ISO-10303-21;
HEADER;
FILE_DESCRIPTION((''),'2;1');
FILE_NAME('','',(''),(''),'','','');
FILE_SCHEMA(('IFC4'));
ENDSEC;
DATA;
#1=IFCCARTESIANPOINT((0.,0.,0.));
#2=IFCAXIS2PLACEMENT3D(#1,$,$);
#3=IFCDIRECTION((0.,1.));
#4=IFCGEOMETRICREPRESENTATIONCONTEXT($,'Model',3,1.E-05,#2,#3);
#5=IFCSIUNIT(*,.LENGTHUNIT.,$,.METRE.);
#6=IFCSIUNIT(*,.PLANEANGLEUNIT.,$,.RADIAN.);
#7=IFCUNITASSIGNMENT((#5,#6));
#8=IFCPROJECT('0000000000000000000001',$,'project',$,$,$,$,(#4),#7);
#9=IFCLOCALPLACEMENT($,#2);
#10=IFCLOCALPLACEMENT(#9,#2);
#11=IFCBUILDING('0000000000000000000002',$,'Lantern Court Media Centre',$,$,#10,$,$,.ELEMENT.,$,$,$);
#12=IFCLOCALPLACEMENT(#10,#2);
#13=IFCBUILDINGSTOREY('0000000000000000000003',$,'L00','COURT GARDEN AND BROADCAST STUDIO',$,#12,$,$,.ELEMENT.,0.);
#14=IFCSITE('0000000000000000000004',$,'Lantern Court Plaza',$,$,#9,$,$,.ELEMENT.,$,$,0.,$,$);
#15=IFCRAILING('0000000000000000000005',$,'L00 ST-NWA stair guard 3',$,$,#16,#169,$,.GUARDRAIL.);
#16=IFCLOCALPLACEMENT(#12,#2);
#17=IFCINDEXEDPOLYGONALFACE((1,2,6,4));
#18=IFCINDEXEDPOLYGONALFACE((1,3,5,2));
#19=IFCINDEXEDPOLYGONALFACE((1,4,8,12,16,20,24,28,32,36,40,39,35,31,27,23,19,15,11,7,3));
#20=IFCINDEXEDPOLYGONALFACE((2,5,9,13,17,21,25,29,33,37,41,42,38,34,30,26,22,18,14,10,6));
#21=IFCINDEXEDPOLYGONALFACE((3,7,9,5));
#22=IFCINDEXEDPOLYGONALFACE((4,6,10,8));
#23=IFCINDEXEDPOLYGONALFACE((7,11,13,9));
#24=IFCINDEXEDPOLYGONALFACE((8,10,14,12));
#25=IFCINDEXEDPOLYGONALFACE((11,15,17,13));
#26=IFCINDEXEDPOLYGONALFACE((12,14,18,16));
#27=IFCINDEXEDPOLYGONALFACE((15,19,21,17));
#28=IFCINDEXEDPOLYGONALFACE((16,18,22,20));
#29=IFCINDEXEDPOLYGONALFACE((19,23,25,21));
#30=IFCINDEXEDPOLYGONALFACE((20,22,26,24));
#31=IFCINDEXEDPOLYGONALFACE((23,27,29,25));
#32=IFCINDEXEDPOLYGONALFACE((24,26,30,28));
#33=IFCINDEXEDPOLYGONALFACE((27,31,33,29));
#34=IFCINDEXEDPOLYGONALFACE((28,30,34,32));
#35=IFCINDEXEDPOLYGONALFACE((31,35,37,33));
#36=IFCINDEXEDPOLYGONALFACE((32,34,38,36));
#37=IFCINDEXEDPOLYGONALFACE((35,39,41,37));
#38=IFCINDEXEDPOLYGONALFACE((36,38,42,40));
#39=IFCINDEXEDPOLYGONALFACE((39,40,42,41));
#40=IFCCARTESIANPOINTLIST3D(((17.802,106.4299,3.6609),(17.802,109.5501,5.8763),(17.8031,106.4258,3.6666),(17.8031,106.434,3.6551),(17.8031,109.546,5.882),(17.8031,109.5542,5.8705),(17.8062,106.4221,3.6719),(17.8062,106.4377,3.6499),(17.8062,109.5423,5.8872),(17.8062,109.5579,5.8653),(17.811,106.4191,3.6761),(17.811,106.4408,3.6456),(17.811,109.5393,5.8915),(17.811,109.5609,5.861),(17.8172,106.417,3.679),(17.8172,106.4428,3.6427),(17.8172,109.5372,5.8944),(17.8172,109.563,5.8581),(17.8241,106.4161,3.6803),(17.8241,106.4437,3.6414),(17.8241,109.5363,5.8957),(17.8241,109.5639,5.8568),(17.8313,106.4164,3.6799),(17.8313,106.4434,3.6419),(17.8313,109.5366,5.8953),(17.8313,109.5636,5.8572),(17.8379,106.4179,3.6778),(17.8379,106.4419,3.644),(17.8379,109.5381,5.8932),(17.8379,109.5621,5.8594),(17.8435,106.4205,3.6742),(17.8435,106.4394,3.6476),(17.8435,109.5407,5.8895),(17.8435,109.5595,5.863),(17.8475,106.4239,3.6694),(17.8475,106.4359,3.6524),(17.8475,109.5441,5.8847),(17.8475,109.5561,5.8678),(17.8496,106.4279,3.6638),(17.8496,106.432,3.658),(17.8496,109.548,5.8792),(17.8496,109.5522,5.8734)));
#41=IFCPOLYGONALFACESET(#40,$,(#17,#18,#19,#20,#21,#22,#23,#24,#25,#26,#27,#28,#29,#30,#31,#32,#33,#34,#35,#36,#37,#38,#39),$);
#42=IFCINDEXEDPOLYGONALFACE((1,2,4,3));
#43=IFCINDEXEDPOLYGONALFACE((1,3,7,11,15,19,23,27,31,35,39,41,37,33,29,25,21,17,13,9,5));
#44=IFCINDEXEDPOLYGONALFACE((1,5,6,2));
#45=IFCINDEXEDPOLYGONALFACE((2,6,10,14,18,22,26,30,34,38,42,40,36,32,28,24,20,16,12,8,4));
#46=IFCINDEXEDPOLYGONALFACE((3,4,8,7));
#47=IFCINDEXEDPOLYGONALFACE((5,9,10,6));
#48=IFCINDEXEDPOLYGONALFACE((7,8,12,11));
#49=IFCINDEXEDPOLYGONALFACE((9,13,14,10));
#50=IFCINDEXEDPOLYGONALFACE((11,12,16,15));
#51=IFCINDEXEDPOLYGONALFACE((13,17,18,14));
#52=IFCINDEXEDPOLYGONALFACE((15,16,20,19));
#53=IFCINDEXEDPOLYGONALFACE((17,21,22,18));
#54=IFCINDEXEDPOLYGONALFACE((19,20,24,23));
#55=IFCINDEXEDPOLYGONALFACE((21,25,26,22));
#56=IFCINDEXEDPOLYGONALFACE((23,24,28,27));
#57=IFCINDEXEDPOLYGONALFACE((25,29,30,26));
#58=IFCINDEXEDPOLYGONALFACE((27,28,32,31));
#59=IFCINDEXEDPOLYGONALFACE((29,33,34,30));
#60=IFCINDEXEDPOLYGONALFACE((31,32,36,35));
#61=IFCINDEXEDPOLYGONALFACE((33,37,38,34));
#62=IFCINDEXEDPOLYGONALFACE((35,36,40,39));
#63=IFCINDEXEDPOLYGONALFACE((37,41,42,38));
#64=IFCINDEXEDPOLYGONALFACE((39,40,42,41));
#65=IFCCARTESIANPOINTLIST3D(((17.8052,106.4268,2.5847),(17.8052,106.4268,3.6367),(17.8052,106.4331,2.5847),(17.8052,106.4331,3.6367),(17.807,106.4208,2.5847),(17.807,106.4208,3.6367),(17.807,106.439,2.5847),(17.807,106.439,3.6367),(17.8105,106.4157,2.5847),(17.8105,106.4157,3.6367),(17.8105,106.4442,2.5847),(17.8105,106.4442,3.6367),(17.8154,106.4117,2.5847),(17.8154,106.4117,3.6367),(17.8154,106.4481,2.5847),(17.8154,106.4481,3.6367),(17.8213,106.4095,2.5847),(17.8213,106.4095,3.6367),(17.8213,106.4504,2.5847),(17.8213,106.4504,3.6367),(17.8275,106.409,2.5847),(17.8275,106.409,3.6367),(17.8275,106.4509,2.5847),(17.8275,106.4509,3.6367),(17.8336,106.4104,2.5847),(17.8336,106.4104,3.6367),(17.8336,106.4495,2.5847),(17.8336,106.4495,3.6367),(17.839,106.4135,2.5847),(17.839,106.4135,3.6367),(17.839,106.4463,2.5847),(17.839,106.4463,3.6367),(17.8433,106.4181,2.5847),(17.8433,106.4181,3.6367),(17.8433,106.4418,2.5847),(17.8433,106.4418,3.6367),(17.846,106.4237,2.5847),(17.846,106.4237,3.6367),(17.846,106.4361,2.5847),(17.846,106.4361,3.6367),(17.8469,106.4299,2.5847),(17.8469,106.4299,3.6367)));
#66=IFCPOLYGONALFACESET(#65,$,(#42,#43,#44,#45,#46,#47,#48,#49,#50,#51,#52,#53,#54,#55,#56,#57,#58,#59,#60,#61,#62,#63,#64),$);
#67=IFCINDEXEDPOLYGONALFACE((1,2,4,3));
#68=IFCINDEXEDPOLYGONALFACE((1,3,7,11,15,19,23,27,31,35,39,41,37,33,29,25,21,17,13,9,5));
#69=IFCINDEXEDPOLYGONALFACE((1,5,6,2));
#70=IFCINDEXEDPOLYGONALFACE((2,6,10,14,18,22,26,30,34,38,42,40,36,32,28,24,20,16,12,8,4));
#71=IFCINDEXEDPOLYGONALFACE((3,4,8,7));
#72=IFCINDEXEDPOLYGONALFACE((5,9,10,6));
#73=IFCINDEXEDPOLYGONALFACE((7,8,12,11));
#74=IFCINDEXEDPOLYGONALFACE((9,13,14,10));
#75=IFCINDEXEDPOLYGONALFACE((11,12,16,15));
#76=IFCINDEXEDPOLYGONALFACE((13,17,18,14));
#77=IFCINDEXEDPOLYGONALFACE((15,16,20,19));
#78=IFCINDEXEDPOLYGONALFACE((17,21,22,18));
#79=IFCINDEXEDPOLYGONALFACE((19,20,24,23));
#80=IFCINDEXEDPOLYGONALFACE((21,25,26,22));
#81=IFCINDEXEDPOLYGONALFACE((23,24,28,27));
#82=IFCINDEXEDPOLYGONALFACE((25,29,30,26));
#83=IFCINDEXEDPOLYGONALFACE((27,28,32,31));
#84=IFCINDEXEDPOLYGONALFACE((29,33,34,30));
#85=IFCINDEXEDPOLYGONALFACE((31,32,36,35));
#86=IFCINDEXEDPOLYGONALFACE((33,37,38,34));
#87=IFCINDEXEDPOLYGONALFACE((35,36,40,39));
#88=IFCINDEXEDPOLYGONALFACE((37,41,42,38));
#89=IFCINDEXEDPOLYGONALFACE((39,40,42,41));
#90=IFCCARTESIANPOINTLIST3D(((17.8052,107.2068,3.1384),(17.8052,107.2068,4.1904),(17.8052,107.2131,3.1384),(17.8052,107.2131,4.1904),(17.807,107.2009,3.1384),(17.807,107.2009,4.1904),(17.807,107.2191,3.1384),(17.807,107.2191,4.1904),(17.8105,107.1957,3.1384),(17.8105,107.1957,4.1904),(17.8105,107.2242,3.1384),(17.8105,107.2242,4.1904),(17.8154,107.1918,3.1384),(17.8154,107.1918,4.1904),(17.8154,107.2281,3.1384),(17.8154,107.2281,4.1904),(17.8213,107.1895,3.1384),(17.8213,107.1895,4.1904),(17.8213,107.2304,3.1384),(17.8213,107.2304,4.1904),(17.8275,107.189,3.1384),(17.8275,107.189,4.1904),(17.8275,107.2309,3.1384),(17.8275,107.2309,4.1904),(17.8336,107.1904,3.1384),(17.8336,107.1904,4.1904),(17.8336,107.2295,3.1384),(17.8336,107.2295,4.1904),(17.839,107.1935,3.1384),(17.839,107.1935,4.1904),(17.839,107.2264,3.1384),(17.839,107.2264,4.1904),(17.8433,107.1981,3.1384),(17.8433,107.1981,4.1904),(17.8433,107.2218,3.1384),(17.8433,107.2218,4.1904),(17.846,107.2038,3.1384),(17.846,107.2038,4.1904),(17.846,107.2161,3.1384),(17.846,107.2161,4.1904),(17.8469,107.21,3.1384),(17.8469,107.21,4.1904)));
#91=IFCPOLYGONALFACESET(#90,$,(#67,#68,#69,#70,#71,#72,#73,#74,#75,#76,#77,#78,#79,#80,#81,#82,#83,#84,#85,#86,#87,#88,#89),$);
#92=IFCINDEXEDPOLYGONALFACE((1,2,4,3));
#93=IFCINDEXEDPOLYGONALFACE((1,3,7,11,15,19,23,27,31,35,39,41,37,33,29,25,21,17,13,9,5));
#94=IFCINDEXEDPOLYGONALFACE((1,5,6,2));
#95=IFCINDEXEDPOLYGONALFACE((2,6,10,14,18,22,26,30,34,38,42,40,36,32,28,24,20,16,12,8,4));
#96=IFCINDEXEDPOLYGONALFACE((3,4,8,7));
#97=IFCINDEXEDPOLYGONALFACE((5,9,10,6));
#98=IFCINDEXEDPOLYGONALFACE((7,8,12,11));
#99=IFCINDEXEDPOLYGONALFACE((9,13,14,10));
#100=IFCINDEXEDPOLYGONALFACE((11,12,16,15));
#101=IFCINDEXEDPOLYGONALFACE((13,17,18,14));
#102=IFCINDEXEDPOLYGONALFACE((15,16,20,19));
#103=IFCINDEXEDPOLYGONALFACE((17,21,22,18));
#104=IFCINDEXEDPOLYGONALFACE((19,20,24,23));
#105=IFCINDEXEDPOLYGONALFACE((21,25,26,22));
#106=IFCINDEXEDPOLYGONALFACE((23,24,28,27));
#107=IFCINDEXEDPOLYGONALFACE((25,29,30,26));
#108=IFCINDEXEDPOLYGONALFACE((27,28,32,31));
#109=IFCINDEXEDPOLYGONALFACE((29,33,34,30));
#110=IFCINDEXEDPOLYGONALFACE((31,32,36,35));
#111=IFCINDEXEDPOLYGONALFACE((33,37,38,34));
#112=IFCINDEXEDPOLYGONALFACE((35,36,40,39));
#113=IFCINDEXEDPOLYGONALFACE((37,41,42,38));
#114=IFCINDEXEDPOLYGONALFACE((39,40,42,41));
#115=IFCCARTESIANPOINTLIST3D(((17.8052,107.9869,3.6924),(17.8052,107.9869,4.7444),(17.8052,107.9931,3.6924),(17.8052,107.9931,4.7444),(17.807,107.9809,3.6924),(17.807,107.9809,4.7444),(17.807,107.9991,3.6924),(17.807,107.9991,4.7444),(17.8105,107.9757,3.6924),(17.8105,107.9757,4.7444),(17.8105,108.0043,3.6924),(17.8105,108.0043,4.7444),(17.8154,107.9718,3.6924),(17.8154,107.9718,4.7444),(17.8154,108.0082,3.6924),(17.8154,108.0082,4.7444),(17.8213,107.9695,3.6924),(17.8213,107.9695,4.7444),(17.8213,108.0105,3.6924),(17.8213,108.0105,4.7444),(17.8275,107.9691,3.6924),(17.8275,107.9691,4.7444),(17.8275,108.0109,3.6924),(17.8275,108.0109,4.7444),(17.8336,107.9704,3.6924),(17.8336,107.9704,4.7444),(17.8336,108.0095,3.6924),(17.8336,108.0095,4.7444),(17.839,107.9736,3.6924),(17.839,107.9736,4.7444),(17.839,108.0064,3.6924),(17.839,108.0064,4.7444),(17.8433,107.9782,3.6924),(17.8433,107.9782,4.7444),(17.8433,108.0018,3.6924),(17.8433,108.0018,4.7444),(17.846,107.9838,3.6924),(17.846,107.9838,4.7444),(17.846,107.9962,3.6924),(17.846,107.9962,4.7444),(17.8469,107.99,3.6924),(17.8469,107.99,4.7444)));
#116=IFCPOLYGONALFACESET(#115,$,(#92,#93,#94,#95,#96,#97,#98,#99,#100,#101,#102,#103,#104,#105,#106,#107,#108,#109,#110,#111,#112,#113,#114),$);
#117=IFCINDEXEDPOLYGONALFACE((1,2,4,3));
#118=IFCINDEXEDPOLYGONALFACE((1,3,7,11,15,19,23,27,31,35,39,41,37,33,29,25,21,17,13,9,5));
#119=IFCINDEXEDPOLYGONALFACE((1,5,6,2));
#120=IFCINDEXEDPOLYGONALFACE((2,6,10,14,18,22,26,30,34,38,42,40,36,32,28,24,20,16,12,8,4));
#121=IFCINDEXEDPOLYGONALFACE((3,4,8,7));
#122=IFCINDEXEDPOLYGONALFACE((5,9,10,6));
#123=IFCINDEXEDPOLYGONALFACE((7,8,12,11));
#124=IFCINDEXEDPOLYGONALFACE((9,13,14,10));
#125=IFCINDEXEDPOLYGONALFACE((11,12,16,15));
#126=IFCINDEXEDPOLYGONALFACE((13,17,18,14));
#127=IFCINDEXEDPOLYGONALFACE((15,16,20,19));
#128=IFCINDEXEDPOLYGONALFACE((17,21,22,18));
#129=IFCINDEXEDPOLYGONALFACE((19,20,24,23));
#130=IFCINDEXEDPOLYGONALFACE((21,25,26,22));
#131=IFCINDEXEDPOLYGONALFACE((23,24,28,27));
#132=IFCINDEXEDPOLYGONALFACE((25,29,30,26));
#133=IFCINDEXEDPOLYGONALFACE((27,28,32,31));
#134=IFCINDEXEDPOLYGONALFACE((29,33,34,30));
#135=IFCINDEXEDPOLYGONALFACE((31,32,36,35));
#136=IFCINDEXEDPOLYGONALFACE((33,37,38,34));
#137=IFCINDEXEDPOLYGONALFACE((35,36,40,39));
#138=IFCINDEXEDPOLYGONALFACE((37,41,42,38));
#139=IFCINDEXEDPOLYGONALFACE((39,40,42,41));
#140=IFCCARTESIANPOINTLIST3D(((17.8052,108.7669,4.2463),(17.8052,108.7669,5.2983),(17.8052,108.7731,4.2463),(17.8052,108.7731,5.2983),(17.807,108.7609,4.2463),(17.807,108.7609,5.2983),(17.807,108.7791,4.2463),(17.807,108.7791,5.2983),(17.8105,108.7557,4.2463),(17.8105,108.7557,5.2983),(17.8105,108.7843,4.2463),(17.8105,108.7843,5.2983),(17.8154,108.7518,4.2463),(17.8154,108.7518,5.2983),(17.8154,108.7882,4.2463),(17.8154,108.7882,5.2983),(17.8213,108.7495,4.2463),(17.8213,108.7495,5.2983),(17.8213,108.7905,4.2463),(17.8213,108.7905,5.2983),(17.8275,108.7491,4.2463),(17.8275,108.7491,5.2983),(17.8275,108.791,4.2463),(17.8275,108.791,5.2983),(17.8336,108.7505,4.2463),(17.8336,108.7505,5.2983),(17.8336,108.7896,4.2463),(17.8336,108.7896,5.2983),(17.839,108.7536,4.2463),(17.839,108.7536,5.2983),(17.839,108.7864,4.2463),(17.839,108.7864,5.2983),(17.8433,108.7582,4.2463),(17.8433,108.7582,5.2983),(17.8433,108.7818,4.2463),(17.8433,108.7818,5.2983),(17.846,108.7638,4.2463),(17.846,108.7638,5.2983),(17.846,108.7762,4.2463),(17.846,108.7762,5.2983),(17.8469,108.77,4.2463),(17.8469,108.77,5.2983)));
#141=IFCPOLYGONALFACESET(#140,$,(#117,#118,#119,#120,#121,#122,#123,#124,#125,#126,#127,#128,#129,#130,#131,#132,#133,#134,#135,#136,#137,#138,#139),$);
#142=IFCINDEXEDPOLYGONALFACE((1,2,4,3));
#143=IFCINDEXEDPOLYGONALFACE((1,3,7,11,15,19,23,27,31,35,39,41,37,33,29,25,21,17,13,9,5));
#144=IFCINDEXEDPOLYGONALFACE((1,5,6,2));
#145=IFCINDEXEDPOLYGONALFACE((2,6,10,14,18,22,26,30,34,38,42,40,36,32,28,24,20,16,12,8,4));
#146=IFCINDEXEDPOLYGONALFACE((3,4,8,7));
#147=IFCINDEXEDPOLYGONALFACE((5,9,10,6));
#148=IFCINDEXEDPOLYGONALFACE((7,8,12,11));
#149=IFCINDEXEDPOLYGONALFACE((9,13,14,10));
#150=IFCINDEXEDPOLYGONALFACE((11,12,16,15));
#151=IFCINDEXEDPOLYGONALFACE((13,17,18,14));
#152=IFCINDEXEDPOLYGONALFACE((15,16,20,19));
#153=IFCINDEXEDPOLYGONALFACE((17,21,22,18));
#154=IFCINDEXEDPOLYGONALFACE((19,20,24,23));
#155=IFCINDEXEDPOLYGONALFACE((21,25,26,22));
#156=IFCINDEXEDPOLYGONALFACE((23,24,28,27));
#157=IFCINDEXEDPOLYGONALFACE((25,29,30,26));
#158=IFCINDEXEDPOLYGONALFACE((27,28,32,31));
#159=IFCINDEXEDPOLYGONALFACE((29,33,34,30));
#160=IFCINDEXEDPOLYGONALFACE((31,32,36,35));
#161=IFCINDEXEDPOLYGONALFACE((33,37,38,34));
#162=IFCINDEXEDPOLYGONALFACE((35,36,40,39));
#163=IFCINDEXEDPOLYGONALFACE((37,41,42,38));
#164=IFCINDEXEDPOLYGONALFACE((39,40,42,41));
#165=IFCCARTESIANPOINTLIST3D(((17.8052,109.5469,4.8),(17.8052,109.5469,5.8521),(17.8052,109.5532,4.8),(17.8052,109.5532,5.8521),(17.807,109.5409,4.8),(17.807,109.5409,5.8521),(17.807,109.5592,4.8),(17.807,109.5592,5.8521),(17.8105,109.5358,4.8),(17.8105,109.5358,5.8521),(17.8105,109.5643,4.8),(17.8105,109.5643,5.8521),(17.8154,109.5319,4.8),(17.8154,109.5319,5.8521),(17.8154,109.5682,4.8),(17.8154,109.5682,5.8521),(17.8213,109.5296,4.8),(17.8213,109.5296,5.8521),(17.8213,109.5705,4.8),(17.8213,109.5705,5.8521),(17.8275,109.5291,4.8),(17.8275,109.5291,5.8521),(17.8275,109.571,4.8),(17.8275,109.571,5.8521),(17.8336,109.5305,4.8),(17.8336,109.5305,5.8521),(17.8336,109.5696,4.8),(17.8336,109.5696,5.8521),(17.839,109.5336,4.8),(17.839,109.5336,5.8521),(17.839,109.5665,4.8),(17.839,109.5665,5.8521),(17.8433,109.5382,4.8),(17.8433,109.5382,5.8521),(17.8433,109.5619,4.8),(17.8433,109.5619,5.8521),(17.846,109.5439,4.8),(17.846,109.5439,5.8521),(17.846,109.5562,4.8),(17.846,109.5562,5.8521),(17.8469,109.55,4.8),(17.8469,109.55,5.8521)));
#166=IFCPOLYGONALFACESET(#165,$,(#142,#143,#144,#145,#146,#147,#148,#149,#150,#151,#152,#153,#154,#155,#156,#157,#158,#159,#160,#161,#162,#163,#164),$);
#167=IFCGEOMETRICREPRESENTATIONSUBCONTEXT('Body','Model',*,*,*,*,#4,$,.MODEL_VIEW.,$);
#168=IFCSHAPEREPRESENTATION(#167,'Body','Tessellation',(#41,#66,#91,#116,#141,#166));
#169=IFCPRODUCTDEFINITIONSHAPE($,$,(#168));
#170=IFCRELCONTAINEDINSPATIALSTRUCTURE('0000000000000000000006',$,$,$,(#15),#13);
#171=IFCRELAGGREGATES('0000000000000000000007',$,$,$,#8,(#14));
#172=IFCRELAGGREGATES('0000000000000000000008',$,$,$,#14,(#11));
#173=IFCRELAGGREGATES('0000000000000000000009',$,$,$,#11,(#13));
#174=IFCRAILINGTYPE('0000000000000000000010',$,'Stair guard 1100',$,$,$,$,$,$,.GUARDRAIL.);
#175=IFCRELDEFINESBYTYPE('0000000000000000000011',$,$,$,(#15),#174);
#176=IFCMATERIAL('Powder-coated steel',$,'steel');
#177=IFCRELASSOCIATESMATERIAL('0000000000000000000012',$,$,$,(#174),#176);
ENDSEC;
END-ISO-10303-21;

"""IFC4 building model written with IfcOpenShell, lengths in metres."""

from ifc_helpers import new_model, si_unit, direction, frame, origin, origin_2d, place, context, subcontext, project, spatial, circle, extrude, material, type_object, element, save


model = new_model("IFC4")

# Units and contexts
model_context = context("Model", 3, precision=1e-05, world=origin(), true_north=direction((0.0, 1.0)))
body_context = subcontext(model_context, "Body", "Model", "MODEL_VIEW")
ifc_project = project(units=[si_unit("LENGTHUNIT", "METRE"), si_unit("PLANEANGLEUNIT", "RADIAN")], contexts=[model_context])

# Site, building, storey
site_placement = place(None, origin())
site = spatial("IfcSite", under=ifc_project, at=site_placement, Name="Lantern Court Plaza", CompositionType="ELEMENT", RefElevation=0.0)
building_placement = place(site_placement, origin())
building = spatial("IfcBuilding", under=site, at=building_placement, Name="Lantern Court Media Centre", CompositionType="ELEMENT")
storey_placement = place(building_placement, origin())
storey = spatial("IfcBuildingStorey", under=building, at=storey_placement, Name="L00", Description="COURT GARDEN AND BROADCAST STUDIO", CompositionType="ELEMENT", Elevation=0.0)

# Railing
ifc_material_1 = material(Name="Powder-coated steel", Category="steel")
railing_type_1 = type_object("IfcRailingType", Name="Stair guard 1100", PredefinedType="GUARDRAIL", material=ifc_material_1)
railing_1_placement = place(storey_placement, frame((17.8259, 106.4299, 2.5847)))
element("IfcRailing", 1, at=railing_1_placement, inside=storey, type_object=railing_type_1, Name="L00 ST-NWA stair guard 3", PredefinedType="GUARDRAIL", context=body_context, shape_type="SweptSolid", body=[
    extrude(circle(Radius=0.0239, at=origin_2d()), frame((0.0, 0.0, 1.0762), z_axis=(0.0, 0.815377, 0.57893), x_axis=(-1.0, 0.0, 0.0)), (0.0, 0.0, 1.0), 3.8267),
    extrude(circle(Radius=0.021, at=origin_2d()), origin(), (0.0, 0.0, 1.0), 1.052),
    extrude(circle(Radius=0.021, at=origin_2d()), frame((0.0, 0.78, 0.5537)), (0.0, 0.0, 1.0), 1.052),
    extrude(circle(Radius=0.021, at=origin_2d()), frame((0.0, 1.5601, 1.1077)), (0.0, 0.0, 1.0), 1.052),
    extrude(circle(Radius=0.021, at=origin_2d()), frame((0.0, 2.3401, 1.6616)), (0.0, 0.0, 1.0), 1.052),
    extrude(circle(Radius=0.021, at=origin_2d()), frame((0.0, 3.1201, 2.2153)), (0.0, 0.0, 1.0), 1.052),
])

save(model, "model.ifc")
